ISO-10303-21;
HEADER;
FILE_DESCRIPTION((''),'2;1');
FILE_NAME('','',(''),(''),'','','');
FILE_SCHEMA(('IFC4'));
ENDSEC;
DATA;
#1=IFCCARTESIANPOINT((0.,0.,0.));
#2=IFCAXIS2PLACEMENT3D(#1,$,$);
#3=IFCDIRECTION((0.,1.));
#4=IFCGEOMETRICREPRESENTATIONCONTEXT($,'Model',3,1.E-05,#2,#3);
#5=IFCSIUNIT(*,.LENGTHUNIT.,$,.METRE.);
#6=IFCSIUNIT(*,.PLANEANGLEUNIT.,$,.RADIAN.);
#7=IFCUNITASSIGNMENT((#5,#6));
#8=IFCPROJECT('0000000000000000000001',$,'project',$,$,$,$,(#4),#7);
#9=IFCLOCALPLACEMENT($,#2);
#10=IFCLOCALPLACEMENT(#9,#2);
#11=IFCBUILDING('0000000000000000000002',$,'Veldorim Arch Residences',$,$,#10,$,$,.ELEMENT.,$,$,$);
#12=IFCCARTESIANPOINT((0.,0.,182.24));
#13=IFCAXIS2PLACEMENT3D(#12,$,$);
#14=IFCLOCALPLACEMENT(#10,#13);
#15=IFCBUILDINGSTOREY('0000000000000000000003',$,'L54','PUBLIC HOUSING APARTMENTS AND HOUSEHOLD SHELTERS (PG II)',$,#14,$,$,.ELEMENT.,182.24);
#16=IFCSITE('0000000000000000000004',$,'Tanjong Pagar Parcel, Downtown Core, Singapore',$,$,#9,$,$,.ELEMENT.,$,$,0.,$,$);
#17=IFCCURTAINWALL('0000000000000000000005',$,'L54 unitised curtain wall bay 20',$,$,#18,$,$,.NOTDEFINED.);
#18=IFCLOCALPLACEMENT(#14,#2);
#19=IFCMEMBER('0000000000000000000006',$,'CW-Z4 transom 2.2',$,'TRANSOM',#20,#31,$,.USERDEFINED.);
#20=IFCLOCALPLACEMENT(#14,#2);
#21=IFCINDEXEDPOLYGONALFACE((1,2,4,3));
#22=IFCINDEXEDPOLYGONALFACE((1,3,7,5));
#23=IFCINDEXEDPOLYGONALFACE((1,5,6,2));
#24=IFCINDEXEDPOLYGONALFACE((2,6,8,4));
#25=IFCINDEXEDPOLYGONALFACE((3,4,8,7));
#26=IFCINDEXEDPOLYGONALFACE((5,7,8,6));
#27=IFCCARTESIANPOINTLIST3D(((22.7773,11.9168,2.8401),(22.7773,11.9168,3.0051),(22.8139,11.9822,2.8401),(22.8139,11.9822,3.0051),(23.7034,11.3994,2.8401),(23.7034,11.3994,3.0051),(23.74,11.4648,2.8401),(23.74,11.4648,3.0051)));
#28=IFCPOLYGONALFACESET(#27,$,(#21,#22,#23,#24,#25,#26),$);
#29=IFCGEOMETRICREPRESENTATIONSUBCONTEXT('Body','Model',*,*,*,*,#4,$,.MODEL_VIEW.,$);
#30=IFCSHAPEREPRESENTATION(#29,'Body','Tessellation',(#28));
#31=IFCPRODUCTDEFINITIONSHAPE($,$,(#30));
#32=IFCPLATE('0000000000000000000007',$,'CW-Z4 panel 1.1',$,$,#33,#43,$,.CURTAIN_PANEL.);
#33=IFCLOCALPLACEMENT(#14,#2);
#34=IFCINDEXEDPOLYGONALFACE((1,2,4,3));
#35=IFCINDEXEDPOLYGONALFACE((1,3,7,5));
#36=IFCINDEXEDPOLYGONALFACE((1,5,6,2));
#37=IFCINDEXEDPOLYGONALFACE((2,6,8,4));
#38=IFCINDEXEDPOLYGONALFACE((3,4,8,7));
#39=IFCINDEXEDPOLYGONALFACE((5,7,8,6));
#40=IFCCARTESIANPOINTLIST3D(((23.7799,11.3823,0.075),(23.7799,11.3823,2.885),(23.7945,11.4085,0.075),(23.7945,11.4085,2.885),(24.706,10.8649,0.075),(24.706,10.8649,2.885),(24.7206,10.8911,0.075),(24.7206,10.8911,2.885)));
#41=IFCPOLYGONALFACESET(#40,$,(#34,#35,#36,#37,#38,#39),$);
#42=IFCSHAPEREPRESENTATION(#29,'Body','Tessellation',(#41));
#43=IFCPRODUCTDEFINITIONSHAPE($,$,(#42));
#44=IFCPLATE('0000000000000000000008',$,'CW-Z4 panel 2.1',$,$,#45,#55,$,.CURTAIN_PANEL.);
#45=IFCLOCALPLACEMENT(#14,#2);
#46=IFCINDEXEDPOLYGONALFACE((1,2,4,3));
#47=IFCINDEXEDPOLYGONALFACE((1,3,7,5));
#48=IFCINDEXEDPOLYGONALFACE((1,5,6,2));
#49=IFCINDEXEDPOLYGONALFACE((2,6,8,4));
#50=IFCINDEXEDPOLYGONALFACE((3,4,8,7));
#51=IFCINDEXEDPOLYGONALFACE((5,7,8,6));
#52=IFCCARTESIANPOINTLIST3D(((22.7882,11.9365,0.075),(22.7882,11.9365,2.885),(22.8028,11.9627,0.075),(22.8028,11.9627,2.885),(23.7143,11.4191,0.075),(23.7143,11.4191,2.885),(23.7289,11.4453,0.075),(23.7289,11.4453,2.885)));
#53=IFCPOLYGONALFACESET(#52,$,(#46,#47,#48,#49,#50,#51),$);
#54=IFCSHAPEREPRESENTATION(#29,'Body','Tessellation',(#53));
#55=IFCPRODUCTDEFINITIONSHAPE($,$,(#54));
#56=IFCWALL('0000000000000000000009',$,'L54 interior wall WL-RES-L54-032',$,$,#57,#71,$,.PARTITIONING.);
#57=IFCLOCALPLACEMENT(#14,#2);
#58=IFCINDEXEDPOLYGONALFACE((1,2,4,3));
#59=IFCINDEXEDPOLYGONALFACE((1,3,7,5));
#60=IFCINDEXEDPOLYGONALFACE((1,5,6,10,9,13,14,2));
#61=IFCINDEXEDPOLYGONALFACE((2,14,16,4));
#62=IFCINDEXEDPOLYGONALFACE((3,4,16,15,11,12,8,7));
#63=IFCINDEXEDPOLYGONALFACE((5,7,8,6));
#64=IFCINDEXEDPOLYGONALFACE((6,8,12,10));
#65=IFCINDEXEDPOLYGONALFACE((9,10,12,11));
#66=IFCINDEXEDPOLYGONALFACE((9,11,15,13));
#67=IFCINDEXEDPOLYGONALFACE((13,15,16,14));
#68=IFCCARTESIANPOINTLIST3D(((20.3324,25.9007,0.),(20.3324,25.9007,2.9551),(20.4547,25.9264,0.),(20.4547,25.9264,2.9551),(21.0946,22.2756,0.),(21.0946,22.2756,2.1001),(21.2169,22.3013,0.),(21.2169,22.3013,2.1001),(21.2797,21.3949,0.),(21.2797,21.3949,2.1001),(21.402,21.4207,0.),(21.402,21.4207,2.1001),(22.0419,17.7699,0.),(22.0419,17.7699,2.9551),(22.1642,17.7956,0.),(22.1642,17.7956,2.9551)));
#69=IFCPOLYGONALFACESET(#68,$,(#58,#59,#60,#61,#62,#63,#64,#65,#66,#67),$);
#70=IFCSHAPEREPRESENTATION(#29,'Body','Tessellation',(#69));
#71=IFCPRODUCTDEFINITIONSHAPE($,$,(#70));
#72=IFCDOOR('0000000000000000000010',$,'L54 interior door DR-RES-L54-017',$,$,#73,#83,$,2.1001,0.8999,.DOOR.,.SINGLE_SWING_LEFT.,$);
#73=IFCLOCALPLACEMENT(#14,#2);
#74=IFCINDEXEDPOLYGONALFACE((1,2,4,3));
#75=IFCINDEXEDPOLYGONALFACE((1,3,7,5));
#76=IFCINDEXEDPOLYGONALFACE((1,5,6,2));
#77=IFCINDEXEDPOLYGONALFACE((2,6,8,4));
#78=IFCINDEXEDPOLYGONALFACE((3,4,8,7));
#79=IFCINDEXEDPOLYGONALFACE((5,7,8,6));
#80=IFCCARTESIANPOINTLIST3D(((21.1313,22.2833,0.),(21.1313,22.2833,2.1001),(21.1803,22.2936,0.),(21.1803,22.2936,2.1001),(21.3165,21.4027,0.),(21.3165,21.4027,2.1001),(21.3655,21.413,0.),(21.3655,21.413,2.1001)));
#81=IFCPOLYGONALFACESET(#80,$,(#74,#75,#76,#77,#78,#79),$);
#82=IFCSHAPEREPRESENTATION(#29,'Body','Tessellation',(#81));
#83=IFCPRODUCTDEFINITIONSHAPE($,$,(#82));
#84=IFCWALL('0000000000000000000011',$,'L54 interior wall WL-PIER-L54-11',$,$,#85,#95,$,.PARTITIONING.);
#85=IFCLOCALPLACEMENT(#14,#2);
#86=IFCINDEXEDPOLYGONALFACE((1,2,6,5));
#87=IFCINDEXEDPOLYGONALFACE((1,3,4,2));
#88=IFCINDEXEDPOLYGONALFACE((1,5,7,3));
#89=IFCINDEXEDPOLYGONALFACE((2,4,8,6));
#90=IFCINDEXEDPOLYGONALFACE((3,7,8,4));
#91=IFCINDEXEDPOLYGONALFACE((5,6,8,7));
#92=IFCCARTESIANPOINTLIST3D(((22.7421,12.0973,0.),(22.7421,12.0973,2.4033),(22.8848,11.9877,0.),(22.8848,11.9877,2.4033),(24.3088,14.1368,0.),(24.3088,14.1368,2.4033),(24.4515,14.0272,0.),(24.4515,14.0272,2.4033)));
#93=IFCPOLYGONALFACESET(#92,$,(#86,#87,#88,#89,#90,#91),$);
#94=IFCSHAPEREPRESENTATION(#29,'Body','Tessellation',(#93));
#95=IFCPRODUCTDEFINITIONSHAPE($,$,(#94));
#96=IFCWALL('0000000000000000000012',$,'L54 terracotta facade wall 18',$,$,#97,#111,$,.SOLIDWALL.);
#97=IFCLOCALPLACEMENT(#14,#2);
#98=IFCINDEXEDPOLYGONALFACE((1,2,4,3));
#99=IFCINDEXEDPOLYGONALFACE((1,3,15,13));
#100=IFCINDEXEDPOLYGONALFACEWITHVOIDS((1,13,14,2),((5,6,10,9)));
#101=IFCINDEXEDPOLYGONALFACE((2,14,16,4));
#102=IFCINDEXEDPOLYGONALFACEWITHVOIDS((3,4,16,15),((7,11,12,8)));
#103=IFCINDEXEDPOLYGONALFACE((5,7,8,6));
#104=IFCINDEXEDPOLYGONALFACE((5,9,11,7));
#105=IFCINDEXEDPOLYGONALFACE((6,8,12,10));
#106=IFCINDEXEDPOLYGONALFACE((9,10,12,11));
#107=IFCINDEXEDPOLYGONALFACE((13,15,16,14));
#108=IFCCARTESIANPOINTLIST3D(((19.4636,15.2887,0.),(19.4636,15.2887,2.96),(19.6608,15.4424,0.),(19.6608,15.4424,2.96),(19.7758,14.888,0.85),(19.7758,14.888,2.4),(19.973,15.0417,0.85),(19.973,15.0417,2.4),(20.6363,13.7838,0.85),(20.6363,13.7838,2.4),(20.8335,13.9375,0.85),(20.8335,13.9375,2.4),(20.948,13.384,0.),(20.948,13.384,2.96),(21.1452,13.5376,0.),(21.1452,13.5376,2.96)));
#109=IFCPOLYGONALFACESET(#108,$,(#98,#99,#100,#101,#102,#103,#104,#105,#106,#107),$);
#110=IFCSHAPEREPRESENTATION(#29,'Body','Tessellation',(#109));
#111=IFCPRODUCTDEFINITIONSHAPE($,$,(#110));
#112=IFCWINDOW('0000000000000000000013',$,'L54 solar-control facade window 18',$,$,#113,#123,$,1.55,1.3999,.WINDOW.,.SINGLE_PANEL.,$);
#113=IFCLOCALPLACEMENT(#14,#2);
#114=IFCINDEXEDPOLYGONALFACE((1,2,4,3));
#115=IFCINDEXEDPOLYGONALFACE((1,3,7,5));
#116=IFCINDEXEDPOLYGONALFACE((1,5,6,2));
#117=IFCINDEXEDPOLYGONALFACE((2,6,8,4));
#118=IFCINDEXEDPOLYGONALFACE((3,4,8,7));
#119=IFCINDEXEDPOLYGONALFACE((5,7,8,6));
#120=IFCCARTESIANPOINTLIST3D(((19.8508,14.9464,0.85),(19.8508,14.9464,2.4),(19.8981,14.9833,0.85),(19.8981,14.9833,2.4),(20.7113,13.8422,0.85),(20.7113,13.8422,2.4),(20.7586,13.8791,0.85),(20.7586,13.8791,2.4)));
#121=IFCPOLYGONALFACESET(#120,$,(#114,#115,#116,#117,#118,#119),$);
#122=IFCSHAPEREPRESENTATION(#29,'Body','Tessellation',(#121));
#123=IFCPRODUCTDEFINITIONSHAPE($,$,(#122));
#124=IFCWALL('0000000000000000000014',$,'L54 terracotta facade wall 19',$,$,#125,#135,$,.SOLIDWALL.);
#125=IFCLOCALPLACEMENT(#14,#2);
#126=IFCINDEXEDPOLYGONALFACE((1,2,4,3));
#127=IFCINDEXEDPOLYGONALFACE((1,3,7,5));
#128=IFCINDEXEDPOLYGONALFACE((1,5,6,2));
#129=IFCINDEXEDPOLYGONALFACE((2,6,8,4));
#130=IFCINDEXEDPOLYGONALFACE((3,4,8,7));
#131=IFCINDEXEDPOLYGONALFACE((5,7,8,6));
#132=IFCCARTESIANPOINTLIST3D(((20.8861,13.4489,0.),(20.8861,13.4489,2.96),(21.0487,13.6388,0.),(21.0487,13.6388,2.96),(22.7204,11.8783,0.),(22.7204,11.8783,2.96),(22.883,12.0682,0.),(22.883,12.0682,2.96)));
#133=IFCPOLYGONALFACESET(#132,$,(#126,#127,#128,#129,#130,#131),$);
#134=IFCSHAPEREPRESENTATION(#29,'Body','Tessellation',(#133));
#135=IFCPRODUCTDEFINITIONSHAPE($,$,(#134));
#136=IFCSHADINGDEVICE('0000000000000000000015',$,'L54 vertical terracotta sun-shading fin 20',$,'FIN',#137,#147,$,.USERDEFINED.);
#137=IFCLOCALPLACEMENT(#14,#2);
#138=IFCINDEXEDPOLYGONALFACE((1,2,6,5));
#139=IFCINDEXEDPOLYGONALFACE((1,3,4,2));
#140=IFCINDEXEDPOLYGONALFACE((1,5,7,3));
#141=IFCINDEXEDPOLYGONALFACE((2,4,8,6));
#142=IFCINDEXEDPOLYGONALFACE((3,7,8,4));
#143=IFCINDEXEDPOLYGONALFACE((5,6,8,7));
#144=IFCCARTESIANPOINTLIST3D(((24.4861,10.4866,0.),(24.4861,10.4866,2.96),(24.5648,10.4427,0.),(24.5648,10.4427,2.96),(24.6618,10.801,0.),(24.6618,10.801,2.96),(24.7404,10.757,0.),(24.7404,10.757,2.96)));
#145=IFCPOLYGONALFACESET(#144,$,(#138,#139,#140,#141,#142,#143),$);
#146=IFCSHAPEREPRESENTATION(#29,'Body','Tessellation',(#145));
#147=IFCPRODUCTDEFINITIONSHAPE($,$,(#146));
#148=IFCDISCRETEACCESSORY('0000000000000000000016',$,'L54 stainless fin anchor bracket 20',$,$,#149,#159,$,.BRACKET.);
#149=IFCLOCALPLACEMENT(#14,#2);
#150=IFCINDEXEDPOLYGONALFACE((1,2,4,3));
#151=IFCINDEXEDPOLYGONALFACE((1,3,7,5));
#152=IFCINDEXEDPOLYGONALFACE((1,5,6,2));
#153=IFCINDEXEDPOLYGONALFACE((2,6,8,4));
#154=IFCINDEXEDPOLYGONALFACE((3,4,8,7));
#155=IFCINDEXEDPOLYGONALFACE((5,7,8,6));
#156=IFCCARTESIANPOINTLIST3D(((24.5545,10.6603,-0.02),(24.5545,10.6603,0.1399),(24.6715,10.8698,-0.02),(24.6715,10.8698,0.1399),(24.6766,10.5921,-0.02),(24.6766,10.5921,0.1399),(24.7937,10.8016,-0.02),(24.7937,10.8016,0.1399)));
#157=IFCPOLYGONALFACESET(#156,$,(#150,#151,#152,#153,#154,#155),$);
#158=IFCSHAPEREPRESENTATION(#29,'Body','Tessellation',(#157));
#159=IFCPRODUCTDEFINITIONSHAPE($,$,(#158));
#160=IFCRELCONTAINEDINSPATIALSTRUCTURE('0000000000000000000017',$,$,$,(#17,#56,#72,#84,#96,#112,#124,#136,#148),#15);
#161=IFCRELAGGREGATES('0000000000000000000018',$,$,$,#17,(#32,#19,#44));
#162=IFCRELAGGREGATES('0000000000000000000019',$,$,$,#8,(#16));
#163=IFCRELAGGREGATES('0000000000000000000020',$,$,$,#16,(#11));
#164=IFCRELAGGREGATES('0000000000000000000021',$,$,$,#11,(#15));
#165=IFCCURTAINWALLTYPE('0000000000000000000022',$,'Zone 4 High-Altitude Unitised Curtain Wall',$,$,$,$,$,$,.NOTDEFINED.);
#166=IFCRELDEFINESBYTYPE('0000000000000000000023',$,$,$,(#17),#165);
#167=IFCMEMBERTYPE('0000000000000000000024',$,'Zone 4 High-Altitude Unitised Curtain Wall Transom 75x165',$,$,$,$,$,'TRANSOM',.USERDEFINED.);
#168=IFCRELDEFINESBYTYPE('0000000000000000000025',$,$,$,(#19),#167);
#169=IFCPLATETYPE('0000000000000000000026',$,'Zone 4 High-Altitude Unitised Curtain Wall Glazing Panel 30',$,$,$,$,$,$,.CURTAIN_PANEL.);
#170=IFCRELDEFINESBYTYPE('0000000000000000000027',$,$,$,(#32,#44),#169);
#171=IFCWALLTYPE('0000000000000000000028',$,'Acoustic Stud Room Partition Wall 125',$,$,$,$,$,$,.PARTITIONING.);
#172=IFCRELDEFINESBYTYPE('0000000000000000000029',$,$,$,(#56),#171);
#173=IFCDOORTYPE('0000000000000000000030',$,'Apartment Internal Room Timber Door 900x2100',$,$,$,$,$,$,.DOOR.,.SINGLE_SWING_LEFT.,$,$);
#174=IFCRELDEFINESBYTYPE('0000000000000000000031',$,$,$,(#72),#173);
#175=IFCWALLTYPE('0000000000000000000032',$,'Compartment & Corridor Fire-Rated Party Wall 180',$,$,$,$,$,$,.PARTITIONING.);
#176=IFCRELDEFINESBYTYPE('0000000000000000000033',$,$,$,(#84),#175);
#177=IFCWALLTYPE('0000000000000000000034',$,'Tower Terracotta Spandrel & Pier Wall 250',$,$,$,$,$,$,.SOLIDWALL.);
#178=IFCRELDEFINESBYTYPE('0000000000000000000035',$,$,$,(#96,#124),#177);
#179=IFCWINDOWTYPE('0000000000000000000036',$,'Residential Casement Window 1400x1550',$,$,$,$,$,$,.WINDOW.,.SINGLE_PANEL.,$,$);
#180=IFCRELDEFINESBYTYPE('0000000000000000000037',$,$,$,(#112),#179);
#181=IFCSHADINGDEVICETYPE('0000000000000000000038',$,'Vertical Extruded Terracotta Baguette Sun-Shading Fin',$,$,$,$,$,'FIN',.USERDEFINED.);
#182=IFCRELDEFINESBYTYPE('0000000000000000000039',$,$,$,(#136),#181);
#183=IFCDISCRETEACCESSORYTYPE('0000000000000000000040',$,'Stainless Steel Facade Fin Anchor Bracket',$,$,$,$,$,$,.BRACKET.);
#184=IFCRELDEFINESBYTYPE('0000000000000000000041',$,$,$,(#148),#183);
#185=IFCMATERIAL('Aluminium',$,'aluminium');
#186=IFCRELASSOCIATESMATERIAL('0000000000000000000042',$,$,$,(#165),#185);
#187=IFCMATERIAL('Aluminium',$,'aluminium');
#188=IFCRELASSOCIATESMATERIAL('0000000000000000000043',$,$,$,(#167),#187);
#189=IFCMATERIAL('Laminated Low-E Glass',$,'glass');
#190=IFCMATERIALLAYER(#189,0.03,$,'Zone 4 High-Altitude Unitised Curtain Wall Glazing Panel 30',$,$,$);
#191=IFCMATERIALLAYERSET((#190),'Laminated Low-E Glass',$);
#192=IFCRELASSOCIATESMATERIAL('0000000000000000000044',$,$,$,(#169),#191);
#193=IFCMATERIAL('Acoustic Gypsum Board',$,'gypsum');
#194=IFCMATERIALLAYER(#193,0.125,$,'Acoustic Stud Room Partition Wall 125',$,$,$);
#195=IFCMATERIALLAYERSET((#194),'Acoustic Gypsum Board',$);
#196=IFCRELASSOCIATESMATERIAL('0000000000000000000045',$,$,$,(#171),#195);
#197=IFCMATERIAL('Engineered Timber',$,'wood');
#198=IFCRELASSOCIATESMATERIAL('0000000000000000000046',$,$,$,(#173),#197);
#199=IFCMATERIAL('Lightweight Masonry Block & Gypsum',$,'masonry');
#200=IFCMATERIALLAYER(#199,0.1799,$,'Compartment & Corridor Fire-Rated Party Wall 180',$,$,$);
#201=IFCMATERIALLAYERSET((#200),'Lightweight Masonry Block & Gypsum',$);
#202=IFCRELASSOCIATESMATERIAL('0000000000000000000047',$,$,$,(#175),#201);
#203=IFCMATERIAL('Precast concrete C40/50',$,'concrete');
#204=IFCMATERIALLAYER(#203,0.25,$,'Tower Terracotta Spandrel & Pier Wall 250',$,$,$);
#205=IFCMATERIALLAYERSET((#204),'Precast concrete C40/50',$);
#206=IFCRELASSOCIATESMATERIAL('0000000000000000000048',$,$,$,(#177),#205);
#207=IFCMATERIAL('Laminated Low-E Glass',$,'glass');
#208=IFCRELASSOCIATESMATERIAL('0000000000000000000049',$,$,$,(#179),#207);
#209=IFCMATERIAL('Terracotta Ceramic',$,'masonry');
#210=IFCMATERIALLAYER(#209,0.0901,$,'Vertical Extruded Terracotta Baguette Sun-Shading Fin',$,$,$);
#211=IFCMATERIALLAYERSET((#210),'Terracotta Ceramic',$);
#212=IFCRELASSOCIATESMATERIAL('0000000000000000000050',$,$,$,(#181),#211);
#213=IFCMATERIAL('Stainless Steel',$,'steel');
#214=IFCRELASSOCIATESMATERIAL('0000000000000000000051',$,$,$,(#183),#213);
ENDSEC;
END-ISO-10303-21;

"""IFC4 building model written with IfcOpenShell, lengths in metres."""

from ifc_helpers import new_model, si_unit, direction, frame, frame_2d, origin, origin_2d, place, context, subcontext, project, spatial, rectangle, extrude, material, layer, layer_set, material_profile, profile_set, type_object, element, fill, aggregate, save


model = new_model("IFC4")

# Units and contexts
model_context = context("Model", 3, precision=1e-05, world=origin(), true_north=direction((0.0, 1.0)))
body_context = subcontext(model_context, "Body", "Model", "MODEL_VIEW")
ifc_project = project(units=[si_unit("LENGTHUNIT", "METRE"), si_unit("PLANEANGLEUNIT", "RADIAN")], contexts=[model_context])

# Site, building, storey
site_placement = place(None, origin())
site = spatial("IfcSite", under=ifc_project, at=site_placement, Name="Tanjong Pagar Parcel, Downtown Core, Singapore", CompositionType="ELEMENT", RefElevation=0.0)
building_placement = place(site_placement, origin())
building = spatial("IfcBuilding", under=site, at=building_placement, Name="Veldorim Arch Residences", CompositionType="ELEMENT")
storey_placement = place(building_placement, frame((0.0, 0.0, 182.24)))
storey = spatial("IfcBuildingStorey", under=building, at=storey_placement, Name="L54", Description="PUBLIC HOUSING APARTMENTS AND HOUSEHOLD SHELTERS (PG II)", CompositionType="ELEMENT", Elevation=182.24)

# Curtain wall, member, plates
ifc_material_1 = material(Name="Aluminium", Category="aluminium")
curtain_wall_type = type_object("IfcCurtainWallType", Name="Zone 4 High-Altitude Unitised Curtain Wall", PredefinedType="NOTDEFINED", material=ifc_material_1)
curtain_wall_placement = place(storey_placement, origin())
curtain_wall = element("IfcCurtainWall", 1, at=curtain_wall_placement, inside=storey, type_object=curtain_wall_type, Name="L54 unitised curtain wall bay 20", PredefinedType="NOTDEFINED")
ifc_material_2 = material(Name="Aluminium", Category="aluminium")
ifc_material_profile_1 = material_profile(ifc_material_2, rectangle(XDim=0.075, YDim=0.165, at=origin_2d()), Name="ALU_TRN_75x165")
ifc_profile_set_1 = profile_set([ifc_material_profile_1], Name="Aluminium")
member_type_1 = type_object("IfcMemberType", Name="Zone 4 High-Altitude Unitised Curtain Wall Transom 75x165", ElementType="TRANSOM", PredefinedType="USERDEFINED", material=ifc_profile_set_1)
member_1_placement = place(storey_placement, frame((23.7217, 11.4321, 2.9226), z_axis=(-0.873004, 0.487713, 0.0), x_axis=(-0.487713, -0.873004, 0.0)))
member_1 = element("IfcMember", 2, at=member_1_placement, type_object=member_type_1, Name="CW-Z4 transom 2.2", ObjectType="TRANSOM", PredefinedType="USERDEFINED", context=body_context, shape_type="SweptSolid", body=[
    extrude(rectangle(XDim=0.075, YDim=0.165, at=origin_2d()), origin(), (0.0, 0.0, 1.0), 1.0608),
])
ifc_material_3 = material(Name="Laminated Low-E Glass", Category="glass")
ifc_layer_1 = layer(ifc_material_3, 0.03, Name="Zone 4 High-Altitude Unitised Curtain Wall Glazing Panel 30")
ifc_layer_set_1 = layer_set([ifc_layer_1], Name="Laminated Low-E Glass")
plate_type = type_object("IfcPlateType", Name="Zone 4 High-Altitude Unitised Curtain Wall Glazing Panel 30", PredefinedType="CURTAIN_PANEL", material=ifc_layer_set_1)
plate_1_placement = place(storey_placement, frame((24.2502, 11.1367, 0.075), z_axis=(0.0, 0.0, 1.0), x_axis=(-0.872991, 0.487736, 0.0)))
plate_1 = element("IfcPlate", 3, at=plate_1_placement, type_object=plate_type, Name="CW-Z4 panel 1.1", PredefinedType="CURTAIN_PANEL", context=body_context, shape_type="SweptSolid", body=[
    extrude(rectangle(XDim=1.0608, YDim=0.03, at=origin_2d()), origin(), (0.0, 0.0, 1.0), 2.8101),
])
plate_2_placement = place(storey_placement, frame((23.2585, 11.6909, 0.075), z_axis=(0.0, 0.0, 1.0), x_axis=(-0.872991, 0.487736, 0.0)))
plate_2 = element("IfcPlate", 4, at=plate_2_placement, type_object=plate_type, Name="CW-Z4 panel 2.1", PredefinedType="CURTAIN_PANEL", context=body_context, shape_type="SweptSolid", body=[
    extrude(rectangle(XDim=1.0608, YDim=0.03, at=origin_2d()), origin(), (0.0, 0.0, 1.0), 2.8101),
])
aggregate(curtain_wall, [plate_1, member_1, plate_2])

# Wall, opening, door
ifc_material_4 = material(Name="Acoustic Gypsum Board", Category="gypsum")
ifc_layer_2 = layer(ifc_material_4, 0.125, Name="Acoustic Stud Room Partition Wall 125")
ifc_layer_set_2 = layer_set([ifc_layer_2], Name="Acoustic Gypsum Board")
wall_type_1 = type_object("IfcWallType", Name="Acoustic Stud Room Partition Wall 125", PredefinedType="PARTITIONING", material=ifc_layer_set_2)
wall_1_placement = place(storey_placement, frame((22.103, 17.7827, 0.0), z_axis=(0.0, 0.0, 1.0), x_axis=(-0.205747, 0.978605, 0.0)))
wall_1 = element("IfcWall", 5, at=wall_1_placement, inside=storey, type_object=wall_type_1, Name="L54 interior wall WL-RES-L54-032", PredefinedType="PARTITIONING", context=body_context, shape_type="SweptSolid", body=[
    extrude(rectangle(XDim=8.3086, YDim=0.125, at=frame_2d((4.1543, 0.0))), origin(), (0.0, 0.0, 1.0), 2.9551),
])
opening_1_placement = place(wall_1_placement, frame((3.7043, 0.0, 0.0)))
opening_1 = element("IfcOpeningElement", 6, at=opening_1_placement, cuts=wall_1, PredefinedType="OPENING", context=body_context, shape_type="SweptSolid", body=[
    extrude(rectangle(XDim=0.8999, YDim=2.1001, at=frame_2d((0.45, 1.05))), frame((0.0, 0.0725, 0.0), z_axis=(0.0, -1.0, 0.0), x_axis=(1.0, 0.0, 0.0)), (0.0, 0.0, 1.0), 0.145),
])
ifc_material_5 = material(Name="Engineered Timber", Category="wood")
door_type = type_object("IfcDoorType", Name="Apartment Internal Room Timber Door 900x2100", OperationType="SINGLE_SWING_LEFT", PredefinedType="DOOR", material=ifc_material_5)
door_placement = place(opening_1_placement, origin())
door = element("IfcDoor", 7, at=door_placement, inside=storey, type_object=door_type, Name="L54 interior door DR-RES-L54-017", OperationType="SINGLE_SWING_LEFT", OverallHeight=2.1001, OverallWidth=0.8999, PredefinedType="DOOR", context=body_context, shape_type="SweptSolid", body=[
    extrude(rectangle(XDim=0.8999, YDim=2.1001, at=frame_2d((0.45, 1.05))), frame((0.0, 0.0249, 0.0), z_axis=(0.0, -1.0, 0.0), x_axis=(1.0, 0.0, 0.0)), (0.0, 0.0, 1.0), 0.05),
])
fill(opening_1, door)

# Wall
ifc_material_6 = material(Name="Lightweight Masonry Block & Gypsum", Category="masonry")
ifc_layer_3 = layer(ifc_material_6, 0.1799, Name="Compartment & Corridor Fire-Rated Party Wall 180")
ifc_layer_set_3 = layer_set([ifc_layer_3], Name="Lightweight Masonry Block & Gypsum")
wall_type_2 = type_object("IfcWallType", Name="Compartment & Corridor Fire-Rated Party Wall 180", PredefinedType="PARTITIONING", material=ifc_layer_set_3)
wall_2_placement = place(storey_placement, frame((24.3801, 14.082, 0.0), z_axis=(0.0, 0.0, 1.0), x_axis=(-0.609165, -0.793044, 0.0)))
element("IfcWall", 8, at=wall_2_placement, inside=storey, type_object=wall_type_2, Name="L54 interior wall WL-PIER-L54-11", PredefinedType="PARTITIONING", context=body_context, shape_type="SweptSolid", body=[
    extrude(rectangle(XDim=2.5718, YDim=0.1799, at=frame_2d((1.2859, 0.0))), origin(), (0.0, 0.0, 1.0), 2.4033),
])

# Wall, opening, window
ifc_material_7 = material(Name="Precast concrete C40/50", Category="concrete")
ifc_layer_4 = layer(ifc_material_7, 0.25, Name="Tower Terracotta Spandrel & Pier Wall 250")
ifc_layer_set_4 = layer_set([ifc_layer_4], Name="Precast concrete C40/50")
wall_type_3 = type_object("IfcWallType", Name="Tower Terracotta Spandrel & Pier Wall 250", PredefinedType="SOLIDWALL", material=ifc_layer_set_4)
wall_3_placement = place(storey_placement, frame((21.0466, 13.4607, 0.0), z_axis=(0.0, 0.0, 1.0), x_axis=(-0.614682, 0.788775, 0.0)))
wall_3 = element("IfcWall", 9, at=wall_3_placement, inside=storey, type_object=wall_type_3, Name="L54 terracotta facade wall 18", PredefinedType="SOLIDWALL", context=body_context, shape_type="SweptSolid", body=[
    extrude(rectangle(XDim=2.4148, YDim=0.25, at=frame_2d((1.2075, 0.0))), origin(), (0.0, 0.0, 1.0), 2.96),
])
opening_2_placement = place(wall_3_placement, frame((0.5071, 0.0, 0.8501)))
opening_2 = element("IfcOpeningElement", 10, at=opening_2_placement, cuts=wall_3, PredefinedType="OPENING", context=body_context, shape_type="SweptSolid", body=[
    extrude(rectangle(XDim=1.3999, YDim=1.55, at=frame_2d((0.7, 0.7749))), frame((0.0, 0.135, 0.0), z_axis=(0.0, -1.0, 0.0), x_axis=(1.0, 0.0, 0.0)), (0.0, 0.0, 1.0), 0.27),
])
ifc_material_8 = material(Name="Laminated Low-E Glass", Category="glass")
window_type = type_object("IfcWindowType", Name="Residential Casement Window 1400x1550", PartitioningType="SINGLE_PANEL", PredefinedType="WINDOW", material=ifc_material_8)
window_placement = place(opening_2_placement, origin())
window = element("IfcWindow", 11, at=window_placement, inside=storey, type_object=window_type, Name="L54 solar-control facade window 18", OverallHeight=1.55, OverallWidth=1.3999, PartitioningType="SINGLE_PANEL", PredefinedType="WINDOW", context=body_context, shape_type="SweptSolid", body=[
    extrude(rectangle(XDim=1.3999, YDim=1.55, at=frame_2d((0.7, 0.7749))), frame((0.0, 0.03, 0.0), z_axis=(0.0, -1.0, 0.0), x_axis=(1.0, 0.0, 0.0)), (0.0, 0.0, 1.0), 0.0601),
])
fill(opening_2, window)

# Wall
wall_4_placement = place(storey_placement, frame((22.8018, 11.9731, 0.0), z_axis=(0.0, 0.0, 1.0), x_axis=(-0.759592, 0.6504, 0.0)))
element("IfcWall", 12, at=wall_4_placement, inside=storey, type_object=wall_type_3, Name="L54 terracotta facade wall 19", PredefinedType="SOLIDWALL", context=body_context, shape_type="SweptSolid", body=[
    extrude(rectangle(XDim=2.4148, YDim=0.25, at=frame_2d((1.2075, 0.0))), origin(), (0.0, 0.0, 1.0), 2.96),
])

# Shading device
ifc_material_9 = material(Name="Terracotta Ceramic", Category="masonry")
ifc_layer_5 = layer(ifc_material_9, 0.0901, Name="Vertical Extruded Terracotta Baguette Sun-Shading Fin")
ifc_layer_set_5 = layer_set([ifc_layer_5], Name="Terracotta Ceramic")
shading_device_type = type_object("IfcShadingDeviceType", Name="Vertical Extruded Terracotta Baguette Sun-Shading Fin", ElementType="FIN", PredefinedType="USERDEFINED", material=ifc_layer_set_5)
shading_device_placement = place(storey_placement, frame((24.6133, 10.6218, 0.0), z_axis=(0.0, 0.0, 1.0), x_axis=(-0.873007, 0.487707, 0.0)))
element("IfcShadingDevice", 13, at=shading_device_placement, inside=storey, type_object=shading_device_type, Name="L54 vertical terracotta sun-shading fin 20", ObjectType="FIN", PredefinedType="USERDEFINED", context=body_context, shape_type="SweptSolid", body=[
    extrude(rectangle(XDim=0.0901, YDim=0.3601, at=origin_2d()), origin(), (0.0, 0.0, 1.0), 2.96),
])

# Discrete accessory
ifc_material_10 = material(Name="Stainless Steel", Category="steel")
discrete_accessory_type = type_object("IfcDiscreteAccessoryType", Name="Stainless Steel Facade Fin Anchor Bracket", PredefinedType="BRACKET", material=ifc_material_10)
discrete_accessory_placement = place(storey_placement, frame((24.6741, 10.731, -0.02), z_axis=(0.0, 0.0, 1.0), x_axis=(-0.873007, 0.487707, 0.0)))
element("IfcDiscreteAccessory", 14, at=discrete_accessory_placement, inside=storey, type_object=discrete_accessory_type, Name="L54 stainless fin anchor bracket 20", PredefinedType="BRACKET", context=body_context, shape_type="SweptSolid", body=[
    extrude(rectangle(XDim=0.1399, YDim=0.24, at=origin_2d()), origin(), (0.0, 0.0, 1.0), 0.1599),
])

save(model, "model.ifc")
